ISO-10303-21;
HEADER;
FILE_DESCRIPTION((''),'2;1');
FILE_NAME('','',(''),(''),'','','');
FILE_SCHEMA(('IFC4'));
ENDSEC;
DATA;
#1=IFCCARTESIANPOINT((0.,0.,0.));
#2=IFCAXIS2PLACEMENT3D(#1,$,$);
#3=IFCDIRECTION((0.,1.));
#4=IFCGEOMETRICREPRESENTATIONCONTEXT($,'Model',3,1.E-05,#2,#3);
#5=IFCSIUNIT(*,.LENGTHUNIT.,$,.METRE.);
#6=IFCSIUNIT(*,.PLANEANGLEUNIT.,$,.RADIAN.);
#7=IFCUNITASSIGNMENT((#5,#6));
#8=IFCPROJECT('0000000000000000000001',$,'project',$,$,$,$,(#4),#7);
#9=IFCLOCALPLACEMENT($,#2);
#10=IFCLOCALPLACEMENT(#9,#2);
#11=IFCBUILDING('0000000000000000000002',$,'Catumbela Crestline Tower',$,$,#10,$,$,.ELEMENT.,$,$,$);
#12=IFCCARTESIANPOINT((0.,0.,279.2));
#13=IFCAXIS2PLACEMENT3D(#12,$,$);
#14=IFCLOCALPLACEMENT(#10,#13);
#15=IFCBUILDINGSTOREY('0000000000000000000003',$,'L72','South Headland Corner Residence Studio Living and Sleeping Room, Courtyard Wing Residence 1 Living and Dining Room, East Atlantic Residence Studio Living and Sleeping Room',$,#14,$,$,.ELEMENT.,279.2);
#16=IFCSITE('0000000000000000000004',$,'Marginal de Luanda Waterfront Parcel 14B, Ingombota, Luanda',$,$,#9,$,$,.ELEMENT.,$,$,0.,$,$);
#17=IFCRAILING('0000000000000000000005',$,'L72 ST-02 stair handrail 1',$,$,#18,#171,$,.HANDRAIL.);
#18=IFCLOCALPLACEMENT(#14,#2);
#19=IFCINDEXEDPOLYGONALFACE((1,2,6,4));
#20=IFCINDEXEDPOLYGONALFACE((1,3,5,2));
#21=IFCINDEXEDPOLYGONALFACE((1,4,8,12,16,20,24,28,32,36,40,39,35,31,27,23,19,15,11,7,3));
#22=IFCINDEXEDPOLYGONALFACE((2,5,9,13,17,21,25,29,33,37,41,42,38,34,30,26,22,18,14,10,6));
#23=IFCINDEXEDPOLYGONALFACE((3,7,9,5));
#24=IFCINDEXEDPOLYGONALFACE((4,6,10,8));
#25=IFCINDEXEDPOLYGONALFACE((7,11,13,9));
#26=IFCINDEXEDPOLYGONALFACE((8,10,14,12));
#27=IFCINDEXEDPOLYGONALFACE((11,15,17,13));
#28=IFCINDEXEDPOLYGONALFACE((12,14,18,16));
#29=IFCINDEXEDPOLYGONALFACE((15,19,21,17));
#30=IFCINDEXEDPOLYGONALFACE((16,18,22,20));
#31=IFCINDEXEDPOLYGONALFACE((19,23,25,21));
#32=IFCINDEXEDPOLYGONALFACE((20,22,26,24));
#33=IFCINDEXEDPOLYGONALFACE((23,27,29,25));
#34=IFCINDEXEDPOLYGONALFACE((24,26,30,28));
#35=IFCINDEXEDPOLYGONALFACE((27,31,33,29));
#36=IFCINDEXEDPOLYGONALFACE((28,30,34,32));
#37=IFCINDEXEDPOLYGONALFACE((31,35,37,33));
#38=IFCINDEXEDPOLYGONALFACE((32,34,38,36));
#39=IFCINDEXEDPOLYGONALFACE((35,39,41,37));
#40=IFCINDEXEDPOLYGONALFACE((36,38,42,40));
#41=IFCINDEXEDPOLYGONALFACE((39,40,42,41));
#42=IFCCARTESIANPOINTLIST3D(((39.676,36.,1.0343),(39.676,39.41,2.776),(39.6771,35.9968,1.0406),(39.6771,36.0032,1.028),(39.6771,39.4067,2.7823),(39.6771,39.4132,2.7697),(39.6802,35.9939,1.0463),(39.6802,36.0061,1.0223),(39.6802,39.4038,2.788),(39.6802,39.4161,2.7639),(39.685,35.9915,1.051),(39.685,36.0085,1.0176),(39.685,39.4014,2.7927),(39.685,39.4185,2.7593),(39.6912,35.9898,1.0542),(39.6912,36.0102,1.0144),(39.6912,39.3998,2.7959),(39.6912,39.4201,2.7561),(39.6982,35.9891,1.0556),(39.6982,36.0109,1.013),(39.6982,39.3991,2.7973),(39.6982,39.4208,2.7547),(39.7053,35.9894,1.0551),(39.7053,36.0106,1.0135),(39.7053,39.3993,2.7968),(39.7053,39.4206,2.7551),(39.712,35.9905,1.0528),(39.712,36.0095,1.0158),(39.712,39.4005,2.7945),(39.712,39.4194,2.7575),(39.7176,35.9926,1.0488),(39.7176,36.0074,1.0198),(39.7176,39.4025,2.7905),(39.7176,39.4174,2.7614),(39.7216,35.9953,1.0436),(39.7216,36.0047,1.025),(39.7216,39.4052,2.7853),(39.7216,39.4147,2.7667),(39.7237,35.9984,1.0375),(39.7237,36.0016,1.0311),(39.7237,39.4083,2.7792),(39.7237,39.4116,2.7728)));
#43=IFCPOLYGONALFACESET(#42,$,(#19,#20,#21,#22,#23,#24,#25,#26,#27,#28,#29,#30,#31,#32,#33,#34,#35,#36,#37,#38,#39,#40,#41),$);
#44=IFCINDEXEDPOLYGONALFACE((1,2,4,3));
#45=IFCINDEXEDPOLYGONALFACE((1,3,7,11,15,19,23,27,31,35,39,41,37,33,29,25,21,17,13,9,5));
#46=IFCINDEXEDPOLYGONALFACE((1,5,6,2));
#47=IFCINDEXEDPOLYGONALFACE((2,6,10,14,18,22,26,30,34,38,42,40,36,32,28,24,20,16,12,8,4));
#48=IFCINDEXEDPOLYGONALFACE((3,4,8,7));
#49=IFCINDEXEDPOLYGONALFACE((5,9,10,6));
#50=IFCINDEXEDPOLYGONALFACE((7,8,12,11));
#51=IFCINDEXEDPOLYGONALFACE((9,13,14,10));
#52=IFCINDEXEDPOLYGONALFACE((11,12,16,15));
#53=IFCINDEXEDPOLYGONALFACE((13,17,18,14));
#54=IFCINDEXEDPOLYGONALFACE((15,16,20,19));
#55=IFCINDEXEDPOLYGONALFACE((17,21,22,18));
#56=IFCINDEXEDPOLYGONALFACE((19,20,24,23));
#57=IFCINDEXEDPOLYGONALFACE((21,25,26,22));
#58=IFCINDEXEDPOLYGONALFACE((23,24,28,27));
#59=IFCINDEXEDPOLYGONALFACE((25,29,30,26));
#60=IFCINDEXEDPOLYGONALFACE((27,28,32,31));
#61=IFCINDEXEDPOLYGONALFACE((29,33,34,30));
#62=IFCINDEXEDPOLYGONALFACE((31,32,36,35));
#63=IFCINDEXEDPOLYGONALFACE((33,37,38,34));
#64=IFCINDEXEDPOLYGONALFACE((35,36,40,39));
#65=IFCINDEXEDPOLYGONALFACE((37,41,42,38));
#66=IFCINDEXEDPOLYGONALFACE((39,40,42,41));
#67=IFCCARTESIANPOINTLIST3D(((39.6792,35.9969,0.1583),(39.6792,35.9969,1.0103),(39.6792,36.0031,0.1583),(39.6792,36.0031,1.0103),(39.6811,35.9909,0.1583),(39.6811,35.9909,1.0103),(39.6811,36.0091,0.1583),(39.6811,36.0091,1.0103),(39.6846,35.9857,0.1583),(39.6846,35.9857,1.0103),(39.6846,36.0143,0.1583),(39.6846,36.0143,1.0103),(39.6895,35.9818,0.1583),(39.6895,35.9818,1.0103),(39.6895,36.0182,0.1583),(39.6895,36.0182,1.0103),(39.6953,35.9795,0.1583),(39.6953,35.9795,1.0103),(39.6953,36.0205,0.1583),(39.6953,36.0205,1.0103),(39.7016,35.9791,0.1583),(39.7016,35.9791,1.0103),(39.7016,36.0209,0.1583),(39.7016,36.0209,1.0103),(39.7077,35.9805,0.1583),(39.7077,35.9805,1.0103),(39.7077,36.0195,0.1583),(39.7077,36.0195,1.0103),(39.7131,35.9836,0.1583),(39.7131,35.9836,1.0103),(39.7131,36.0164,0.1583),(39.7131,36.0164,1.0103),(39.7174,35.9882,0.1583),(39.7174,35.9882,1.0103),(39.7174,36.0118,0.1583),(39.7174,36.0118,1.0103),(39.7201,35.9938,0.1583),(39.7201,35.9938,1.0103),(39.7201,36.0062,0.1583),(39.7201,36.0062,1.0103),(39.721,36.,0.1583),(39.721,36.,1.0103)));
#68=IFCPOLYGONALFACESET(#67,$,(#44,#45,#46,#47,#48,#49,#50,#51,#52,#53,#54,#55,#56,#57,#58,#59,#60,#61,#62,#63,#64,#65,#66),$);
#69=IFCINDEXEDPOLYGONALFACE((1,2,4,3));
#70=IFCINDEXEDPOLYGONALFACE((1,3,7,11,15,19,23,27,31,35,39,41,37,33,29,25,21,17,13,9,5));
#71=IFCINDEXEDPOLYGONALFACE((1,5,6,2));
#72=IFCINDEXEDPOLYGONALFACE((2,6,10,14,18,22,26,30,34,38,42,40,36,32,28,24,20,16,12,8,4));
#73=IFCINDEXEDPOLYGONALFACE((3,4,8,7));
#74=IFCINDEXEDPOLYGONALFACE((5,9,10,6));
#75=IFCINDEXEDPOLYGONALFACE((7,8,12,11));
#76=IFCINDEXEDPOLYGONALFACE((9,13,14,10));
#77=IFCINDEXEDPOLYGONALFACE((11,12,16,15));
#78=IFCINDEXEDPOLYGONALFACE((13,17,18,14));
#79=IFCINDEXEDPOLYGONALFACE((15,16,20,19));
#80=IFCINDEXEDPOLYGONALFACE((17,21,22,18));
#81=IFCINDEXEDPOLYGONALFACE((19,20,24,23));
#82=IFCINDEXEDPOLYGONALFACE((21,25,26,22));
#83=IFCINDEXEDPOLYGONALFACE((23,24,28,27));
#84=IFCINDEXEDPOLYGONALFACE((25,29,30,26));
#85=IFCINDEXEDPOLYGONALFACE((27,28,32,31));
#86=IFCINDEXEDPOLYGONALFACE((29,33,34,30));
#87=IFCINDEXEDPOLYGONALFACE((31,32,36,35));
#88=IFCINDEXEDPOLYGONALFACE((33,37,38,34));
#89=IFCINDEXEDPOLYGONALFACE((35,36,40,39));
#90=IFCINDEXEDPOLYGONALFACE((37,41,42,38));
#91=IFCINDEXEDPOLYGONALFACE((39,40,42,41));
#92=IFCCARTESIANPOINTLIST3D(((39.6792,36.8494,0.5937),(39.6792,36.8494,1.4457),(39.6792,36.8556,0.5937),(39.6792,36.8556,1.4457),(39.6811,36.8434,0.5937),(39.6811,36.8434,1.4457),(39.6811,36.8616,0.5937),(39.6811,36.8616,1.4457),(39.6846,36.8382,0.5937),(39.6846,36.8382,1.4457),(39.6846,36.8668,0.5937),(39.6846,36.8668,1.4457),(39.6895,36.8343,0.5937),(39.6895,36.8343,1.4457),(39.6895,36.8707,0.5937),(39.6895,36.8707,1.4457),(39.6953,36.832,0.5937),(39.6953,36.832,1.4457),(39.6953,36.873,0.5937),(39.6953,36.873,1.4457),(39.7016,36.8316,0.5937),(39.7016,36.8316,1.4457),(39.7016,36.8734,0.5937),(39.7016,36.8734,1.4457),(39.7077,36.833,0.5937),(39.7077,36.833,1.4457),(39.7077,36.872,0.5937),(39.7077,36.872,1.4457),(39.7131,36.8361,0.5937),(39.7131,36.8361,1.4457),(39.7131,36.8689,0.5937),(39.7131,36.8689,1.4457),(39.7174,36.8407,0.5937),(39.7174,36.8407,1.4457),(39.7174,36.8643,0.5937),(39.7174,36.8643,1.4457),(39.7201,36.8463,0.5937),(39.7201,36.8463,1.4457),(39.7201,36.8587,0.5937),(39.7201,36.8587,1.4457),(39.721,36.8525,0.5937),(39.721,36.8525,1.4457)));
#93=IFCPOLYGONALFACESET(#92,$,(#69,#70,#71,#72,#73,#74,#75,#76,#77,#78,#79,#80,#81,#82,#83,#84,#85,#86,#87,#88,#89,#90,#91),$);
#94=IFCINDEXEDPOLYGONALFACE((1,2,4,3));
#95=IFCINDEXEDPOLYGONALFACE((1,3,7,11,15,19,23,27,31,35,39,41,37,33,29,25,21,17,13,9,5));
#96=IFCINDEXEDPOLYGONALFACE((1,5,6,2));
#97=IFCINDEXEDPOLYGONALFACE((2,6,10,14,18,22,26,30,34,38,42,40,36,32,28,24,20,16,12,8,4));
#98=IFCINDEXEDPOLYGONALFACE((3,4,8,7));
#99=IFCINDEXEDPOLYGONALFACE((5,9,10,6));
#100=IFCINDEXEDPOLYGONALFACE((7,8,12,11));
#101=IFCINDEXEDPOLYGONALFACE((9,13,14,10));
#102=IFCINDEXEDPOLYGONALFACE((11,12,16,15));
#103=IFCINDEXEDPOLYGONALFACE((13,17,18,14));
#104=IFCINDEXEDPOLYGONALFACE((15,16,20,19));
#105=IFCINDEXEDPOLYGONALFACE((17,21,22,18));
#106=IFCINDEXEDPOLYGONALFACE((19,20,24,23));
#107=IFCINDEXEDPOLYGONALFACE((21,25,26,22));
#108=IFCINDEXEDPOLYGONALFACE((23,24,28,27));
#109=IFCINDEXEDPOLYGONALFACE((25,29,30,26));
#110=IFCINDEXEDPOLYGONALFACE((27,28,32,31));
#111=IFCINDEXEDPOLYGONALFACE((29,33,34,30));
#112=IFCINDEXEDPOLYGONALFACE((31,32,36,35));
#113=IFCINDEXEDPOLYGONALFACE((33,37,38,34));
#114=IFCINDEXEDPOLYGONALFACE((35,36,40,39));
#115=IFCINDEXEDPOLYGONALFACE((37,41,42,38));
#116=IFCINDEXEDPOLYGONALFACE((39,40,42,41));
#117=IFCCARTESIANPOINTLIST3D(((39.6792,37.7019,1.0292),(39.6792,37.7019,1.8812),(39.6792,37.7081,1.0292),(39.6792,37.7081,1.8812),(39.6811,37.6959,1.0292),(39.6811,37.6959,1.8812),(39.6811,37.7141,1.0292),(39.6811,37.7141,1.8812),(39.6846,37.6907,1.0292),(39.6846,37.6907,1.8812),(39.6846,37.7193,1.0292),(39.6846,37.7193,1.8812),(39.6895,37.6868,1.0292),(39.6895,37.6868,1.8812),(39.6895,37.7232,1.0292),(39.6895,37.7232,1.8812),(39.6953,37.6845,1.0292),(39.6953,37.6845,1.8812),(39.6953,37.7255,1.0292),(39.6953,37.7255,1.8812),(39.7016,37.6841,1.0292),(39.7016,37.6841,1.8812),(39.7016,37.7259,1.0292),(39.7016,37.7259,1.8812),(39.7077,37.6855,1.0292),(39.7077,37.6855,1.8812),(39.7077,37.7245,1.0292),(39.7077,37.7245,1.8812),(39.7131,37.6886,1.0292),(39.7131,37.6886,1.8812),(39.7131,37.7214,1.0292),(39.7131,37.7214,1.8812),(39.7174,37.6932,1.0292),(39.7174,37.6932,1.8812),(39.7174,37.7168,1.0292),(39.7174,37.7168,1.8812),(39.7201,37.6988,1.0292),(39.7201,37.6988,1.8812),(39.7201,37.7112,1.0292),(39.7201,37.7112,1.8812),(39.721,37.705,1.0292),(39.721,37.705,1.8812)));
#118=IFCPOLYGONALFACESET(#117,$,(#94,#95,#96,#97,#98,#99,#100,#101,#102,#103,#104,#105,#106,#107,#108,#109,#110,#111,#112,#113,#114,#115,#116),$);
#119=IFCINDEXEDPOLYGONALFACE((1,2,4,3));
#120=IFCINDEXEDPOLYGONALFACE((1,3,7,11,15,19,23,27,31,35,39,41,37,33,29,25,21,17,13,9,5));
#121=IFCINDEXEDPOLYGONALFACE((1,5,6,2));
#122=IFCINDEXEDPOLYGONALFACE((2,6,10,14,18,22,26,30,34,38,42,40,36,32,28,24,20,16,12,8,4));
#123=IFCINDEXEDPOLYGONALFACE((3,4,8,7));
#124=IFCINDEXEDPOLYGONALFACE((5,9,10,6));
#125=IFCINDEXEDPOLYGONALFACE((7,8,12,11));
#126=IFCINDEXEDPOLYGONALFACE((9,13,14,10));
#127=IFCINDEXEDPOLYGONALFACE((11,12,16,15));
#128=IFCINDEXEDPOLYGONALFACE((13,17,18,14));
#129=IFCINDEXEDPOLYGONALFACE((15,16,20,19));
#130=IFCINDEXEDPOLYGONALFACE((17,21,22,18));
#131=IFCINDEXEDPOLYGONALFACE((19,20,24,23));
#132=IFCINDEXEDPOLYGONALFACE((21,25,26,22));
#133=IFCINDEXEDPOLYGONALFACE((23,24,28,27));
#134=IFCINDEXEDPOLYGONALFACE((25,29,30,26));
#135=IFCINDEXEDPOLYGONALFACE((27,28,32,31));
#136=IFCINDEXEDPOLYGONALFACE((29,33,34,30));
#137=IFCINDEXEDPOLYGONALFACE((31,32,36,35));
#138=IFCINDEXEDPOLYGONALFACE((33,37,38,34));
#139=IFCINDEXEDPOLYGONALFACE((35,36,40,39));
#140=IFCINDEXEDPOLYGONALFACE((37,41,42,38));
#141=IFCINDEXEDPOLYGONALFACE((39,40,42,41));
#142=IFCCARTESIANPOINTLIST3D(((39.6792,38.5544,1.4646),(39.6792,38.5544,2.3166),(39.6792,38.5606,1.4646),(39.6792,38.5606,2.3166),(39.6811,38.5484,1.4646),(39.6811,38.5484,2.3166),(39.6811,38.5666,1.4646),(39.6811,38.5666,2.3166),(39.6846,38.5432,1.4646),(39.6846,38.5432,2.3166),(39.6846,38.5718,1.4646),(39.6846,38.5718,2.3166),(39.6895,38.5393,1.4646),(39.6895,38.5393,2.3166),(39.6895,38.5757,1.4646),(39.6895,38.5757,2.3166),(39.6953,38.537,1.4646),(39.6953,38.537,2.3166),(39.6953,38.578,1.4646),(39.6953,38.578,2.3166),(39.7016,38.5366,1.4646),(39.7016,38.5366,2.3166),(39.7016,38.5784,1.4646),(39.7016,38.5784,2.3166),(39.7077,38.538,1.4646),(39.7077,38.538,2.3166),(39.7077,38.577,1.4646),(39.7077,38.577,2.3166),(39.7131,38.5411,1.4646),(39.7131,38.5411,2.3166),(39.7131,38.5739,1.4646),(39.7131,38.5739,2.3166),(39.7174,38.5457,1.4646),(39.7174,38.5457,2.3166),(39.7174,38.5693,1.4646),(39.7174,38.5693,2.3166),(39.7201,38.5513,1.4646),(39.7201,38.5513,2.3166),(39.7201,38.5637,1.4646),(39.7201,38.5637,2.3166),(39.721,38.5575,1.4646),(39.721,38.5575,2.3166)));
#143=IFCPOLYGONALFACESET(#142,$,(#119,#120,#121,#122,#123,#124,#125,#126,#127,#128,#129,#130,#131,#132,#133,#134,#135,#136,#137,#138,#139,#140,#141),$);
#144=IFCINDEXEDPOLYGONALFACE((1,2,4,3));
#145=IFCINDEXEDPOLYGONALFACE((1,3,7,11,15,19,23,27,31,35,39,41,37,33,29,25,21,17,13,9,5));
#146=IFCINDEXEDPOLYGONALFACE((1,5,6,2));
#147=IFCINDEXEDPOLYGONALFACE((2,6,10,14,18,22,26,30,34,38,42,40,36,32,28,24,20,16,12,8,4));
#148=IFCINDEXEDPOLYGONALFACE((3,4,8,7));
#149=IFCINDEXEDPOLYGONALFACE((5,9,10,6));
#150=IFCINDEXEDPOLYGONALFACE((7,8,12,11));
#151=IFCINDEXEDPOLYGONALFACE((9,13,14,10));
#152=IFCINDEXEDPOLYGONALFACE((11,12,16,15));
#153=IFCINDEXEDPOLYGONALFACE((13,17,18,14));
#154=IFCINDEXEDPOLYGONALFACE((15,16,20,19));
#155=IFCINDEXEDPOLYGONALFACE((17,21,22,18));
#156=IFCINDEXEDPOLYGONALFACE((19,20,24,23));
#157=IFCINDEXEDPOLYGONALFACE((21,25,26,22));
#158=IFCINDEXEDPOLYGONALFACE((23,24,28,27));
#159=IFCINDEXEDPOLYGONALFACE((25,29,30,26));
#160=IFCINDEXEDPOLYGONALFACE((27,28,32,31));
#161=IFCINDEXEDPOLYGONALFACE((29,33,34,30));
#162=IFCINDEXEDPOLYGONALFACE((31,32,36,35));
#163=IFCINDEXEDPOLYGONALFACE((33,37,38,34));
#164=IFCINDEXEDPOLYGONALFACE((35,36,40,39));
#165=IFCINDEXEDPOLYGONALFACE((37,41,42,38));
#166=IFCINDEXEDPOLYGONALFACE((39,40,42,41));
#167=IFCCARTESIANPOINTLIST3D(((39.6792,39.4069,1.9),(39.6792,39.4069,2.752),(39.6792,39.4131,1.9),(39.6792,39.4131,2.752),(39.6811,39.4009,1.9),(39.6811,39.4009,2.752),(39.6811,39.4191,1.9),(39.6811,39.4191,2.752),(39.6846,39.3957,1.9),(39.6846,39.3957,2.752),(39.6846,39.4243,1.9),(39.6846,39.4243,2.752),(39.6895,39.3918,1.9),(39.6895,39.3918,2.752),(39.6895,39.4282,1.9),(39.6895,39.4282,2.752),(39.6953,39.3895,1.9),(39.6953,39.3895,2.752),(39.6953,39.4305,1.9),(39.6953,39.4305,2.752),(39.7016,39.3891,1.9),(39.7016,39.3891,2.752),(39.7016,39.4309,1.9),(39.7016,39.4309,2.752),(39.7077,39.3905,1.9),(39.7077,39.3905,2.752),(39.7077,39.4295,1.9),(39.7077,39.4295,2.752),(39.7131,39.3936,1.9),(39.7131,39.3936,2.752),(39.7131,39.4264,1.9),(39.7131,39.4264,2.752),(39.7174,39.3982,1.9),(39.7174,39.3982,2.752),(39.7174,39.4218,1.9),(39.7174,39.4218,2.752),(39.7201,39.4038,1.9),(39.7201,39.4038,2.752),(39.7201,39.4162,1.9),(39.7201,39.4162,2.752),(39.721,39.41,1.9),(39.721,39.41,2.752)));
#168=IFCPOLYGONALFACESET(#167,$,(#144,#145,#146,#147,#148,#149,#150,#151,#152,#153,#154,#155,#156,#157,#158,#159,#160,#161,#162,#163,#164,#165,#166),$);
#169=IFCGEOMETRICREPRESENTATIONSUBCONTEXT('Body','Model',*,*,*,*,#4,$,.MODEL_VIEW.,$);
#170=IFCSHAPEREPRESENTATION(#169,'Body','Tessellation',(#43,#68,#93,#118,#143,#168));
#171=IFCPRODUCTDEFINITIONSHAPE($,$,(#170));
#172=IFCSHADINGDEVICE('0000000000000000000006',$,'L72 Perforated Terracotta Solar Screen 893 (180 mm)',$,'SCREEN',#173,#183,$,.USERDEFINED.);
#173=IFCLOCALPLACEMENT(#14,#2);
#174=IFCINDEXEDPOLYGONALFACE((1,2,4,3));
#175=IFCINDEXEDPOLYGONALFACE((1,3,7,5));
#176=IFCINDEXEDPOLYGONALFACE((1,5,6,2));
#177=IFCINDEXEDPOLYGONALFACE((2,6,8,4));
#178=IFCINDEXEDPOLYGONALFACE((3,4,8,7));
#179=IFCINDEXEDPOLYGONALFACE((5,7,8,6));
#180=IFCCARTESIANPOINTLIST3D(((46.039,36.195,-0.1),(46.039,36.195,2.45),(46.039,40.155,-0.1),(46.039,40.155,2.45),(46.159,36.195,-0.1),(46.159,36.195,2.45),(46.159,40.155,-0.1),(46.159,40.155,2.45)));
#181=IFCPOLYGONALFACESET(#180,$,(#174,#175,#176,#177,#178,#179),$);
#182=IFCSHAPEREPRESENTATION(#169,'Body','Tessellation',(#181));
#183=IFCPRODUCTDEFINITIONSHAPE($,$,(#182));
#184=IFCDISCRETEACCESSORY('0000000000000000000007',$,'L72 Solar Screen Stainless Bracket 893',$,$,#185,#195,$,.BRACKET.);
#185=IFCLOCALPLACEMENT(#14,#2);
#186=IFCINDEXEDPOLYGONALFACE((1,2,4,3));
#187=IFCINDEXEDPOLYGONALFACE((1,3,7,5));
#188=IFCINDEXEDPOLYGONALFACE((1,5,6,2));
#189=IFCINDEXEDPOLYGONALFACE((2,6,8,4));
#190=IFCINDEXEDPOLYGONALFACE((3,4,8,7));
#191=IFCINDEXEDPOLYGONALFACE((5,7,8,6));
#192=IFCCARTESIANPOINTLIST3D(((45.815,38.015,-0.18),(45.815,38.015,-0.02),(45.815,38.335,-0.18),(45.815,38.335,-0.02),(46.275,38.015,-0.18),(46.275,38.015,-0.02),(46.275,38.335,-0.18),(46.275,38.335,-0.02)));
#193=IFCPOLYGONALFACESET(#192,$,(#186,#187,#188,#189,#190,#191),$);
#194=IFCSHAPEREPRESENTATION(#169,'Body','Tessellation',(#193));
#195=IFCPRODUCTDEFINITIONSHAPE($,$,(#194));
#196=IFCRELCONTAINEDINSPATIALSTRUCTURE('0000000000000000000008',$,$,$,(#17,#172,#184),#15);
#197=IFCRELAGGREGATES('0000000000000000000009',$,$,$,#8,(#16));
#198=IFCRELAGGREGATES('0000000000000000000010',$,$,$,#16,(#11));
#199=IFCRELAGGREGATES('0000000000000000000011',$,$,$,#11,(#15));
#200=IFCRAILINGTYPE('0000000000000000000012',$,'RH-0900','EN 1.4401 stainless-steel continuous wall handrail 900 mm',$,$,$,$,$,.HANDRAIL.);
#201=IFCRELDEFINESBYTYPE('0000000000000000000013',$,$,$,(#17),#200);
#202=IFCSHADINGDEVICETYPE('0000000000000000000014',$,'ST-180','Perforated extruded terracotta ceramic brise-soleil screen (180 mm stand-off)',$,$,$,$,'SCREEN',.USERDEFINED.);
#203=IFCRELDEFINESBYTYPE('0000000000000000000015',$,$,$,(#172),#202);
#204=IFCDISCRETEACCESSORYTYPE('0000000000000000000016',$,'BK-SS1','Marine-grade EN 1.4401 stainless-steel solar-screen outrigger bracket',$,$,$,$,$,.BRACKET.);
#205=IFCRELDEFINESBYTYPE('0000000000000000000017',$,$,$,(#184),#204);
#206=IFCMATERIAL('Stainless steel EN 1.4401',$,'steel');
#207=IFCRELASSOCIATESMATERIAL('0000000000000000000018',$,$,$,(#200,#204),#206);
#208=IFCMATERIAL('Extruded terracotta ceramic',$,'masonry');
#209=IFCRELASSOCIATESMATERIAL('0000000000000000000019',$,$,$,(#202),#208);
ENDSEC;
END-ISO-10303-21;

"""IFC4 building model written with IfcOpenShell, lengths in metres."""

from ifc_helpers import new_model, si_unit, direction, frame, origin, origin_2d, place, context, subcontext, project, spatial, rectangle, circle, extrude, material, type_object, element, save


model = new_model("IFC4")

# Units and contexts
model_context = context("Model", 3, precision=1e-05, world=origin(), true_north=direction((0.0, 1.0)))
body_context = subcontext(model_context, "Body", "Model", "MODEL_VIEW")
ifc_project = project(units=[si_unit("LENGTHUNIT", "METRE"), si_unit("PLANEANGLEUNIT", "RADIAN")], contexts=[model_context])

# Site, building, storey
site_placement = place(None, origin())
site = spatial("IfcSite", under=ifc_project, at=site_placement, Name="Marginal de Luanda Waterfront Parcel 14B, Ingombota, Luanda", CompositionType="ELEMENT", RefElevation=0.0)
building_placement = place(site_placement, origin())
building = spatial("IfcBuilding", under=site, at=building_placement, Name="Catumbela Crestline Tower", CompositionType="ELEMENT")
storey_placement = place(building_placement, frame((0.0, 0.0, 279.2)))
storey = spatial("IfcBuildingStorey", under=building, at=storey_placement, Name="L72", Description="South Headland Corner Residence Studio Living and Sleeping Room, Courtyard Wing Residence 1 Living and Dining Room, East Atlantic Residence Studio Living and Sleeping Room", CompositionType="ELEMENT", Elevation=279.2)

# Railing
ifc_material_1 = material(Name="Stainless steel EN 1.4401", Category="steel")
railing_type = type_object("IfcRailingType", Name="RH-0900", Description="EN 1.4401 stainless-steel continuous wall handrail 900 mm", PredefinedType="HANDRAIL", material=ifc_material_1)
railing_placement = place(storey_placement, frame((39.7, 36.0, 0.1583)))
element("IfcRailing", 1, at=railing_placement, inside=storey, type_object=railing_type, Name="L72 ST-02 stair handrail 1", PredefinedType="HANDRAIL", context=body_context, shape_type="SweptSolid", body=[
    extrude(circle(Radius=0.024, at=origin_2d()), frame((0.0, 0.0, 0.876), z_axis=(0.0, 0.89056, 0.454865), x_axis=(-1.0, 0.0, 0.0)), (0.0, 0.0, 1.0), 3.829),
    extrude(circle(Radius=0.021, at=origin_2d()), origin(), (0.0, 0.0, 1.0), 0.852),
    extrude(circle(Radius=0.021, at=origin_2d()), frame((0.0, 0.8525, 0.4354)), (0.0, 0.0, 1.0), 0.852),
    extrude(circle(Radius=0.021, at=origin_2d()), frame((0.0, 1.705, 0.8709)), (0.0, 0.0, 1.0), 0.852),
    extrude(circle(Radius=0.021, at=origin_2d()), frame((0.0, 2.5575, 1.3063)), (0.0, 0.0, 1.0), 0.852),
    extrude(circle(Radius=0.021, at=origin_2d()), frame((0.0, 3.41, 1.7417)), (0.0, 0.0, 1.0), 0.852),
])

# Shading device
ifc_material_2 = material(Name="Extruded terracotta ceramic", Category="masonry")
shading_device_type = type_object("IfcShadingDeviceType", Name="ST-180", Description="Perforated extruded terracotta ceramic brise-soleil screen (180 mm stand-off)", ElementType="SCREEN", PredefinedType="USERDEFINED", material=ifc_material_2)
shading_device_placement = place(storey_placement, frame((46.099, 38.175, -0.1), z_axis=(0.0, 0.0, 1.0), x_axis=(0.0, 1.0, 0.0)))
element("IfcShadingDevice", 2, at=shading_device_placement, inside=storey, type_object=shading_device_type, Name="L72 Perforated Terracotta Solar Screen 893 (180 mm)", ObjectType="SCREEN", PredefinedType="USERDEFINED", context=body_context, shape_type="SweptSolid", body=[
    extrude(rectangle(XDim=3.96, YDim=0.12, at=origin_2d()), origin(), (0.0, 0.0, 1.0), 2.55),
])

# Discrete accessory
discrete_accessory_type = type_object("IfcDiscreteAccessoryType", Name="BK-SS1", Description="Marine-grade EN 1.4401 stainless-steel solar-screen outrigger bracket", PredefinedType="BRACKET", material=ifc_material_1)
discrete_accessory_placement = place(storey_placement, frame((46.045, 38.175, -0.18), z_axis=(0.0, 0.0, 1.0), x_axis=(0.0, 1.0, 0.0)))
element("IfcDiscreteAccessory", 3, at=discrete_accessory_placement, inside=storey, type_object=discrete_accessory_type, Name="L72 Solar Screen Stainless Bracket 893", PredefinedType="BRACKET", context=body_context, shape_type="SweptSolid", body=[
    extrude(rectangle(XDim=0.32, YDim=0.46, at=origin_2d()), origin(), (0.0, 0.0, 1.0), 0.16),
])

save(model, "model.ifc")
